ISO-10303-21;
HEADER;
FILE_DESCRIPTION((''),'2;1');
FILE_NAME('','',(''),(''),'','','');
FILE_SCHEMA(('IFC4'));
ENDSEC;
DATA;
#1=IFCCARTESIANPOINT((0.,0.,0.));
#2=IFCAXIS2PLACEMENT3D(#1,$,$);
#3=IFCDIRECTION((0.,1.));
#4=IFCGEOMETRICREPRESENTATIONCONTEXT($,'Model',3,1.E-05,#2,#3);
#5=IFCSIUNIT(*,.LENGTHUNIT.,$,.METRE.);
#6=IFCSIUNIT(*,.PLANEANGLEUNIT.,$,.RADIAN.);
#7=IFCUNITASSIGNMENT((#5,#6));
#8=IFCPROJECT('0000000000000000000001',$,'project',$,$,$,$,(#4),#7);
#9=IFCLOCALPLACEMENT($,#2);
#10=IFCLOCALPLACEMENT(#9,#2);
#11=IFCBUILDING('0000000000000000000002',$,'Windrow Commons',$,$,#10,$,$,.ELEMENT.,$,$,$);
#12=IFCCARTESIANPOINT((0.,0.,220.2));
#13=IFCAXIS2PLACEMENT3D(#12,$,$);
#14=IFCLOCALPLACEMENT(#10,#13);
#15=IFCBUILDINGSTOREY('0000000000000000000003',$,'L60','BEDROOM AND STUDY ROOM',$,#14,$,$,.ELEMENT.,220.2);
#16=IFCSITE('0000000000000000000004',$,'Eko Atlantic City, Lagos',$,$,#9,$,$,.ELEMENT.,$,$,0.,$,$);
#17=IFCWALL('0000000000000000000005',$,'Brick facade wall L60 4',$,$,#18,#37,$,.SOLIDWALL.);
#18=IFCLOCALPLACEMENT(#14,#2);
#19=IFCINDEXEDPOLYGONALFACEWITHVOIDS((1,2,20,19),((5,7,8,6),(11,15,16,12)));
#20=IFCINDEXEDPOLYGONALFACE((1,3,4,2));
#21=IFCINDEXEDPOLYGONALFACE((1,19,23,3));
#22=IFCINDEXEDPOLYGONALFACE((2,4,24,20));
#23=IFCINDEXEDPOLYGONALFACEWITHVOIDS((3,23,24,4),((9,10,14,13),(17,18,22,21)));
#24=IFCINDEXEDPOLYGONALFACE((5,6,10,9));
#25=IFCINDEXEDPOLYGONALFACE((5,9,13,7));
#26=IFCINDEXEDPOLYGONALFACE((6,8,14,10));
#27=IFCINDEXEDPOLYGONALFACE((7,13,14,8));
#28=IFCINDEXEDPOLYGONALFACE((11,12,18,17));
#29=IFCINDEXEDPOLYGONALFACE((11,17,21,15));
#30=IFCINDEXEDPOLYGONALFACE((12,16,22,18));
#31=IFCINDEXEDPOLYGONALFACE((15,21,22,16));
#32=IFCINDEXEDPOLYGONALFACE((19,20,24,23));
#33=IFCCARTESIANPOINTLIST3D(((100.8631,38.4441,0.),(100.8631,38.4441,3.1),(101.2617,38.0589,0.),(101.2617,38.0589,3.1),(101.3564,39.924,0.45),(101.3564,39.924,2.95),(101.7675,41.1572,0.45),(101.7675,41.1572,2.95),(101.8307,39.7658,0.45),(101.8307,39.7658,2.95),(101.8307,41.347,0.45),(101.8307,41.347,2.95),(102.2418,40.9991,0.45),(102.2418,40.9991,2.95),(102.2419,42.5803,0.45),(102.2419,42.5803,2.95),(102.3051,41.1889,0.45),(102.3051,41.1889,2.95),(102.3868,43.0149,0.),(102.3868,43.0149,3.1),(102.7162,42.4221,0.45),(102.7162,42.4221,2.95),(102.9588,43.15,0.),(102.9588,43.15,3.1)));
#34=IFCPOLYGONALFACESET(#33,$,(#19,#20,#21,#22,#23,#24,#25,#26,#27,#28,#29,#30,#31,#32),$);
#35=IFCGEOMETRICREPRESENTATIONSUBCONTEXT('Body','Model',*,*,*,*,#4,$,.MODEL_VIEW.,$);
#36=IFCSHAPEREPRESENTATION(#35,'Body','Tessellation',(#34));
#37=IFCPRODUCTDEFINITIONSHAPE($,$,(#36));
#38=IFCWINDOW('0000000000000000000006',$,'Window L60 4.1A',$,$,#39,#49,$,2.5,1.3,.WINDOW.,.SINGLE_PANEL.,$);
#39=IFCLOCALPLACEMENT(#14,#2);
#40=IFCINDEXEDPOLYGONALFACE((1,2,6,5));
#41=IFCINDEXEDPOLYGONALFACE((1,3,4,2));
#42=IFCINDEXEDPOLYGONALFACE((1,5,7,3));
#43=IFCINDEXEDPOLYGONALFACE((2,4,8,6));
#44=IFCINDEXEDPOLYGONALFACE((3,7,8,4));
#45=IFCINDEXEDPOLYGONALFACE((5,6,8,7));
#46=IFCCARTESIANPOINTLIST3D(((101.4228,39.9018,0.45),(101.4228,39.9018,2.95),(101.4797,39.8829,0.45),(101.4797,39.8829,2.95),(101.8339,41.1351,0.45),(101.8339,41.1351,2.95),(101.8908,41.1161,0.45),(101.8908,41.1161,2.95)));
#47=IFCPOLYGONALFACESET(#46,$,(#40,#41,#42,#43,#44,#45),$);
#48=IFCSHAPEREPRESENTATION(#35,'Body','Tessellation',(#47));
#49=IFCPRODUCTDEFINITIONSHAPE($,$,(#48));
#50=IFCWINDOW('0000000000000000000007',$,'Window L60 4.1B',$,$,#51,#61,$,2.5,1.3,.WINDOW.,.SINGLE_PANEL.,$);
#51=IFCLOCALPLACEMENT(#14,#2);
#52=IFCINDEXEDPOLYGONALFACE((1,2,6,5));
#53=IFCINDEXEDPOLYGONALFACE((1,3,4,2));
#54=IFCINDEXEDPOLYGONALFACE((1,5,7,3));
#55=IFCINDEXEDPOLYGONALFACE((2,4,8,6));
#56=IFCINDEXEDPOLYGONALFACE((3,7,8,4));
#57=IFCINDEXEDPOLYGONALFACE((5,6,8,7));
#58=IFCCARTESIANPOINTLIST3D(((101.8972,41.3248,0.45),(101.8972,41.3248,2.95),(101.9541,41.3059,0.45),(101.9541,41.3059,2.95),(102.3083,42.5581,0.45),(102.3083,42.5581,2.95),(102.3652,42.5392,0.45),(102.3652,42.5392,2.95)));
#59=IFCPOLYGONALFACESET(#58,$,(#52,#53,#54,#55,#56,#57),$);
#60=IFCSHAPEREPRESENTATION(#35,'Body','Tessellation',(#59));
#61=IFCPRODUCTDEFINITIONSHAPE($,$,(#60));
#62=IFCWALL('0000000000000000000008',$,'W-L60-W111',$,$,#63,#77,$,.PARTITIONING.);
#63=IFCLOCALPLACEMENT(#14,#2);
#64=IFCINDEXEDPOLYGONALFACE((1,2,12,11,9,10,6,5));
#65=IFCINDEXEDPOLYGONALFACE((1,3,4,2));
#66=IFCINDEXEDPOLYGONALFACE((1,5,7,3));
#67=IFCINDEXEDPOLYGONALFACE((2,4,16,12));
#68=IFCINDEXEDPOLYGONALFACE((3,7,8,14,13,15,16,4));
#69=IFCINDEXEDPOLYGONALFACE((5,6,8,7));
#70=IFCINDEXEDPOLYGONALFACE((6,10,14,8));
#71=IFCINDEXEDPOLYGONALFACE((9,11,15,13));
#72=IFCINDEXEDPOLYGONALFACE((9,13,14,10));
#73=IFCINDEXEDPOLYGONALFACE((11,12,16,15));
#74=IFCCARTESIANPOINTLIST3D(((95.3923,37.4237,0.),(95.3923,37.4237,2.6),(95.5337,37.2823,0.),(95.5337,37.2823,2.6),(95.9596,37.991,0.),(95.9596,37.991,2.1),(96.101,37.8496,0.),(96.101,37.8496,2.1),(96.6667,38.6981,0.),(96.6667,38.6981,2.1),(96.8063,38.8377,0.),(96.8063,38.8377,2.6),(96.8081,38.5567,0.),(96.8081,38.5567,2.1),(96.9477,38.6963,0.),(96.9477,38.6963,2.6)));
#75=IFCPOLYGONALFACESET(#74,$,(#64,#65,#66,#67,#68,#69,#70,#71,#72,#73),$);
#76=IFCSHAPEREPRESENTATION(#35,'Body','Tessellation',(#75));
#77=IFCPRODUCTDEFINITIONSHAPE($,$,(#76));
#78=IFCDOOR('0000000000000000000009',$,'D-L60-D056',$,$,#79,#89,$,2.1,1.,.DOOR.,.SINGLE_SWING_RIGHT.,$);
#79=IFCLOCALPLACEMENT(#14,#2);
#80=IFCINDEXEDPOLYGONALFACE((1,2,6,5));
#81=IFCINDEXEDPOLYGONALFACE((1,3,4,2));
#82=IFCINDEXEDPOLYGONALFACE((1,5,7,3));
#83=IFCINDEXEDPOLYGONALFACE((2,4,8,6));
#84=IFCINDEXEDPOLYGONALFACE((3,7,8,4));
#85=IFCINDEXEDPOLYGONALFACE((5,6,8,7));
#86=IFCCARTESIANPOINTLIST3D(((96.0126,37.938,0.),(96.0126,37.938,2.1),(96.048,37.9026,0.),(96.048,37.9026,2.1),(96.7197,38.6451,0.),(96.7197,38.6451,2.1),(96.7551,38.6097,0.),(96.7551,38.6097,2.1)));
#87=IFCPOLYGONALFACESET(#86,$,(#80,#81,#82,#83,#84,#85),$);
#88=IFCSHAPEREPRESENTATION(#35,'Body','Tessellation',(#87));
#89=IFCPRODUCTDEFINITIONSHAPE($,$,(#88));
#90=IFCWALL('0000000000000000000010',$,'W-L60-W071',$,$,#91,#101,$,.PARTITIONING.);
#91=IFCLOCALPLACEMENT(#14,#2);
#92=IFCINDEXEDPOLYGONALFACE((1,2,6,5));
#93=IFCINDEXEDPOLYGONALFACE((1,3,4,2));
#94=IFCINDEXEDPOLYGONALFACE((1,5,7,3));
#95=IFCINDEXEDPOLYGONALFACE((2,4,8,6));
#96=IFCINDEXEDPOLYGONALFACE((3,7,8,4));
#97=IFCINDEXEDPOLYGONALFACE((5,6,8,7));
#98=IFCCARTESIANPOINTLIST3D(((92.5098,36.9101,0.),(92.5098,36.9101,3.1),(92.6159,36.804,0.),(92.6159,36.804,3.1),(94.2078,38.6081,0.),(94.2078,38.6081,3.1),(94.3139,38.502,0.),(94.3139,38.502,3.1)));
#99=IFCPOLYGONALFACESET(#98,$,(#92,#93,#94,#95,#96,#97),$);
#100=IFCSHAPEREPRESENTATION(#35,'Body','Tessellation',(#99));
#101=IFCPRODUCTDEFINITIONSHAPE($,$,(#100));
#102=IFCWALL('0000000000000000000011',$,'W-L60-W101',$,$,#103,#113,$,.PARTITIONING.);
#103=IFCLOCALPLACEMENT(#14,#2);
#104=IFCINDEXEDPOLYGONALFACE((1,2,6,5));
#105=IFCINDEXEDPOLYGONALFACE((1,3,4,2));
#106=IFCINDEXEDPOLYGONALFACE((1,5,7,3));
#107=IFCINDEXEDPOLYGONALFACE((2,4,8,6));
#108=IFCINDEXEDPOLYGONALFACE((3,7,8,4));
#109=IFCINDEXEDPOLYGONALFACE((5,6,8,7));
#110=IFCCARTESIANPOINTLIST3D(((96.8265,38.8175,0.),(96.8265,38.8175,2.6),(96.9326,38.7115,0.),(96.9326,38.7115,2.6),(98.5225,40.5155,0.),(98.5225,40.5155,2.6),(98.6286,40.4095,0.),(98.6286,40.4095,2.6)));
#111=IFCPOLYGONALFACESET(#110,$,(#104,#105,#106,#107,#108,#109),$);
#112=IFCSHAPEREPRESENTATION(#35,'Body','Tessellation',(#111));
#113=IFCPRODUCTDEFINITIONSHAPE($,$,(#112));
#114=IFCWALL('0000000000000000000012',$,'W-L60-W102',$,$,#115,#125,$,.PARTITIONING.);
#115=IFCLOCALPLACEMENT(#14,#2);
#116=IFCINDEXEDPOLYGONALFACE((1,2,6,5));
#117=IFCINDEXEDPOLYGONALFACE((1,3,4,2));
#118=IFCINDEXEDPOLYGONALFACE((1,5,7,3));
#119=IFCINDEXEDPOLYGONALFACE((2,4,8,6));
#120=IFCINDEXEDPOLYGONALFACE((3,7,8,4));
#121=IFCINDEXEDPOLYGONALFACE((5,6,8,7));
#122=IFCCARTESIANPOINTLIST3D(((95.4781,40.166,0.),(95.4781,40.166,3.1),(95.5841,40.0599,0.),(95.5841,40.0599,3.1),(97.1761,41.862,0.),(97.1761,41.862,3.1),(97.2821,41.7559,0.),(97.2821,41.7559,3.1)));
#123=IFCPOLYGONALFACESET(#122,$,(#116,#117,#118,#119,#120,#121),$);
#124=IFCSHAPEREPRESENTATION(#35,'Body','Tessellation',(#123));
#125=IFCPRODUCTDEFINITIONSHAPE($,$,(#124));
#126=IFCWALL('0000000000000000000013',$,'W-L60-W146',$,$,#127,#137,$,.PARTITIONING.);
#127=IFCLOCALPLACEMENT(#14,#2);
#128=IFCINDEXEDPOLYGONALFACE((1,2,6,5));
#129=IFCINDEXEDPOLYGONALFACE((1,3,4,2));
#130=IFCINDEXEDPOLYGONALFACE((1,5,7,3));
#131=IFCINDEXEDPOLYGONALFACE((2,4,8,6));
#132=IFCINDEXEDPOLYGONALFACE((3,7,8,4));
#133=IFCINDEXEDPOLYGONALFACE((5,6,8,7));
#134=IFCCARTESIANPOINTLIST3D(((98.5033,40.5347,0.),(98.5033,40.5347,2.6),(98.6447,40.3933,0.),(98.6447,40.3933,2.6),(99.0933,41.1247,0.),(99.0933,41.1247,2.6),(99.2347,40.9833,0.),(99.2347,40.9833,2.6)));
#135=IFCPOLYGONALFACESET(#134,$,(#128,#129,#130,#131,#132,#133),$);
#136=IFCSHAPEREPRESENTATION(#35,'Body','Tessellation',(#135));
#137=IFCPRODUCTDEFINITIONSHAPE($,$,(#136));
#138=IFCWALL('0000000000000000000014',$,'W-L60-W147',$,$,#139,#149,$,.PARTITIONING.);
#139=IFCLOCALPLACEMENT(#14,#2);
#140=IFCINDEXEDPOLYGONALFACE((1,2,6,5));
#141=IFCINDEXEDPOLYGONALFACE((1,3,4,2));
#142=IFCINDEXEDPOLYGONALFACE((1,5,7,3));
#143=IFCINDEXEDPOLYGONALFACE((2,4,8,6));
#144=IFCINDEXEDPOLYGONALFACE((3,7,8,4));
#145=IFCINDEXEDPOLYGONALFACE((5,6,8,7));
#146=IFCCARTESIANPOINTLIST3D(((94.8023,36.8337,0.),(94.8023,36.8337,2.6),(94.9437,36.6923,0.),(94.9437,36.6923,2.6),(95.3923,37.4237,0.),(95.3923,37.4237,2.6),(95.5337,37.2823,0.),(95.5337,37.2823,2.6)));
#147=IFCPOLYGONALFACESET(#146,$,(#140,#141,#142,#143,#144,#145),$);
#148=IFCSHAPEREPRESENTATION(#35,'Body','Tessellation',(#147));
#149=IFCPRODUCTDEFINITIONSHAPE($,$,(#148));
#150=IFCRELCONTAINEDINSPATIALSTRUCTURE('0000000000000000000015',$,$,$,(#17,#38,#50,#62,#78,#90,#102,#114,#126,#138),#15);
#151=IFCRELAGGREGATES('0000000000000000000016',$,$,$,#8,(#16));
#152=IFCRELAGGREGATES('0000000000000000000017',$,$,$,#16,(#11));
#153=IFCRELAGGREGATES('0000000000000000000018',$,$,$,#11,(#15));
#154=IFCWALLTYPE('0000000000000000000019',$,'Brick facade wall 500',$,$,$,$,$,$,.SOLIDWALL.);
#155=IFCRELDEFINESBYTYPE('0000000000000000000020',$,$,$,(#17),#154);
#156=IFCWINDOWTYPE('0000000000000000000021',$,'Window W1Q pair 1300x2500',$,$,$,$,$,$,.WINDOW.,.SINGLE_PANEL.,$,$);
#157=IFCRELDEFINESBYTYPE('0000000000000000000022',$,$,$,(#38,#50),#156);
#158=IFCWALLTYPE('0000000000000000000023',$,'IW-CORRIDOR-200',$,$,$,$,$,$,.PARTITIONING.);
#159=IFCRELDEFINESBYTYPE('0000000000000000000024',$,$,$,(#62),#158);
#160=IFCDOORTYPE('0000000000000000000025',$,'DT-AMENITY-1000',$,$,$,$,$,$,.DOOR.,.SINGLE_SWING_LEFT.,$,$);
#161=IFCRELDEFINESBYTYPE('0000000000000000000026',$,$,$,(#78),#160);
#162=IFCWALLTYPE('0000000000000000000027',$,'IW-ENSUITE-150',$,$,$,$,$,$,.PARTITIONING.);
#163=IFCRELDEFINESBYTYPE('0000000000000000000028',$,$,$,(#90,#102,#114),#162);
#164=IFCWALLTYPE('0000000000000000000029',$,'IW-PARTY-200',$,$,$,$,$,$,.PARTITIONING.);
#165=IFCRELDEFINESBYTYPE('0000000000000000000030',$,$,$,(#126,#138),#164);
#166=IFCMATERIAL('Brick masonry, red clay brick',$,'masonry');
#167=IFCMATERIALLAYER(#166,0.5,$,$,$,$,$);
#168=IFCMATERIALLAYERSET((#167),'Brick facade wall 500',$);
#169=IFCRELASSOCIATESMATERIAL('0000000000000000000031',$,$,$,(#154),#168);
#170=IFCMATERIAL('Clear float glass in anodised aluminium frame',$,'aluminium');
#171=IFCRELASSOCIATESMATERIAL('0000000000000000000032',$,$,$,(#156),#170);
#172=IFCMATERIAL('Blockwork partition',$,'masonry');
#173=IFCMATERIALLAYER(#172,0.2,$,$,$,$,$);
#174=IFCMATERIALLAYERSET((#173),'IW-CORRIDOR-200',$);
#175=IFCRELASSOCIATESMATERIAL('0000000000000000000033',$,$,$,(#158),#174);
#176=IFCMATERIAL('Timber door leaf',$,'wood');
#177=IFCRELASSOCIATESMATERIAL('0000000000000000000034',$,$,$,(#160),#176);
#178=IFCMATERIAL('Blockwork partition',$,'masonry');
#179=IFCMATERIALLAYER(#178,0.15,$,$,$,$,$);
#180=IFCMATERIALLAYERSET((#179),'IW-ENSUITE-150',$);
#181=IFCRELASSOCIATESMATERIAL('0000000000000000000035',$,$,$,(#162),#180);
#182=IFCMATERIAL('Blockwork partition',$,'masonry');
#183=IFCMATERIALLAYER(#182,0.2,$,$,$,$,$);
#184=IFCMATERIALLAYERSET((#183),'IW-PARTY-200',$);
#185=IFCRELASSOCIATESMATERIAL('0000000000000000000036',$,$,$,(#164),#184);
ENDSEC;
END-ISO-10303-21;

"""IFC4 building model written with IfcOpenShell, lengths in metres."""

from ifc_helpers import new_model, si_unit, direction, frame, frame_2d, origin, place, context, subcontext, project, spatial, polyline, rectangle, outline, extrude, material, layer, layer_set, type_object, element, fill, save


model = new_model("IFC4")

# Units and contexts
model_context = context("Model", 3, precision=1e-05, world=origin(), true_north=direction((0.0, 1.0)))
body_context = subcontext(model_context, "Body", "Model", "MODEL_VIEW")
ifc_project = project(units=[si_unit("LENGTHUNIT", "METRE"), si_unit("PLANEANGLEUNIT", "RADIAN")], contexts=[model_context])

# Site, building, storey
site_placement = place(None, origin())
site = spatial("IfcSite", under=ifc_project, at=site_placement, Name="Eko Atlantic City, Lagos", CompositionType="ELEMENT", RefElevation=0.0)
building_placement = place(site_placement, origin())
building = spatial("IfcBuilding", under=site, at=building_placement, Name="Windrow Commons", CompositionType="ELEMENT")
storey_placement = place(building_placement, frame((0.0, 0.0, 220.2)))
storey = spatial("IfcBuildingStorey", under=building, at=storey_placement, Name="L60", Description="BEDROOM AND STUDY ROOM", CompositionType="ELEMENT", Elevation=220.2)

# Wall, openings, windows
ifc_material_1 = material(Name="Brick masonry, red clay brick", Category="masonry")
ifc_layer_1 = layer(ifc_material_1, 0.5)
ifc_layer_set_1 = layer_set([ifc_layer_1], Name="Brick facade wall 500")
wall_type_1 = type_object("IfcWallType", Name="Brick facade wall 500", PredefinedType="SOLIDWALL", material=ifc_layer_set_1)
ifc_material_2 = material(Name="Clear float glass in anodised aluminium frame", Category="aluminium")
window_type = type_object("IfcWindowType", Name="Window W1Q pair 1300x2500", PartitioningType="SINGLE_PANEL", PredefinedType="WINDOW", material=ifc_material_2)
wall_1_placement = place(storey_placement, frame((101.0624, 38.2515, 0.0), z_axis=(0.0, 0.0, 1.0), x_axis=(0.31624, 0.948679, 0.0)))
wall_1 = element("IfcWall", 1, at=wall_1_placement, inside=storey, type_object=wall_type_1, Name="Brick facade wall L60 4", PredefinedType="SOLIDWALL", context=body_context, shape_type="SweptSolid", body=[
    extrude(outline(polyline([(-0.1197, -0.25), (5.2468, -0.25), (4.9378, 0.25), (0.1197, 0.25), (-0.1197, -0.25)])), origin(), (0.0, 0.0, 1.0), 3.1),
])
opening_1_placement = place(wall_1_placement, frame((1.6796, 0.0, 0.45)))
opening_1 = element("IfcOpeningElement", 2, at=opening_1_placement, cuts=wall_1, PredefinedType="OPENING", context=body_context, shape_type="SweptSolid", body=[
    extrude(rectangle(XDim=1.3, YDim=2.5, at=frame_2d((0.65, 1.25))), frame((0.0, 0.26, 0.0), z_axis=(0.0, -1.0, 0.0), x_axis=(1.0, 0.0, 0.0)), (0.0, 0.0, 1.0), 0.52),
])
opening_2_placement = place(wall_1_placement, frame((3.1796, 0.0, 0.45)))
opening_2 = element("IfcOpeningElement", 3, at=opening_2_placement, cuts=wall_1, PredefinedType="OPENING", context=body_context, shape_type="SweptSolid", body=[
    extrude(rectangle(XDim=1.3, YDim=2.5, at=frame_2d((0.65, 1.25))), frame((0.0, 0.26, 0.0), z_axis=(0.0, -1.0, 0.0), x_axis=(1.0, 0.0, 0.0)), (0.0, 0.0, 1.0), 0.52),
])
window_1_placement = place(opening_1_placement, origin())
window_1 = element("IfcWindow", 4, at=window_1_placement, inside=storey, type_object=window_type, Name="Window L60 4.1A", OverallHeight=2.5, OverallWidth=1.3, PartitioningType="SINGLE_PANEL", PredefinedType="WINDOW", context=body_context, shape_type="SweptSolid", body=[
    extrude(rectangle(XDim=1.3, YDim=2.5, at=frame_2d((0.65, 1.25))), frame((0.0, 0.18, 0.0), z_axis=(0.0, -1.0, 0.0), x_axis=(1.0, 0.0, 0.0)), (0.0, 0.0, 1.0), 0.06),
])
fill(opening_1, window_1)
window_2_placement = place(opening_2_placement, origin())
window_2 = element("IfcWindow", 5, at=window_2_placement, inside=storey, type_object=window_type, Name="Window L60 4.1B", OverallHeight=2.5, OverallWidth=1.3, PartitioningType="SINGLE_PANEL", PredefinedType="WINDOW", context=body_context, shape_type="SweptSolid", body=[
    extrude(rectangle(XDim=1.3, YDim=2.5, at=frame_2d((0.65, 1.25))), frame((0.0, 0.18, 0.0), z_axis=(0.0, -1.0, 0.0), x_axis=(1.0, 0.0, 0.0)), (0.0, 0.0, 1.0), 0.06),
])
fill(opening_2, window_2)

# Wall, opening, door
ifc_material_3 = material(Name="Blockwork partition", Category="masonry")
ifc_layer_2 = layer(ifc_material_3, 0.2)
ifc_layer_set_2 = layer_set([ifc_layer_2], Name="IW-CORRIDOR-200")
wall_type_2 = type_object("IfcWallType", Name="IW-CORRIDOR-200", PredefinedType="PARTITIONING", material=ifc_layer_set_2)
wall_2_placement = place(storey_placement, frame((95.463, 37.353, 0.0), z_axis=(0.0, 0.0, 1.0), x_axis=(0.707107, 0.707107, 0.0)))
wall_2 = element("IfcWall", 6, at=wall_2_placement, inside=storey, type_object=wall_type_2, Name="W-L60-W111", PredefinedType="PARTITIONING", context=body_context, shape_type="SweptSolid", body=[
    extrude(rectangle(XDim=1.9997, YDim=0.2, at=frame_2d((0.9999, 0.0))), origin(), (0.0, 0.0, 1.0), 2.6),
])
opening_3_placement = place(wall_2_placement, frame((0.8023, 0.0, 0.0)))
opening_3 = element("IfcOpeningElement", 7, at=opening_3_placement, cuts=wall_2, PredefinedType="OPENING", context=body_context, shape_type="SweptSolid", body=[
    extrude(rectangle(XDim=1.0, YDim=2.1, at=frame_2d((0.5, 1.05))), frame((0.0, 0.11, 0.0), z_axis=(0.0, -1.0, 0.0), x_axis=(1.0, 0.0, 0.0)), (0.0, 0.0, 1.0), 0.22),
])
ifc_material_4 = material(Name="Timber door leaf", Category="wood")
door_type = type_object("IfcDoorType", Name="DT-AMENITY-1000", OperationType="SINGLE_SWING_LEFT", PredefinedType="DOOR", material=ifc_material_4)
door_placement = place(opening_3_placement, origin())
door = element("IfcDoor", 8, at=door_placement, inside=storey, type_object=door_type, Name="D-L60-D056", OperationType="SINGLE_SWING_RIGHT", OverallHeight=2.1, OverallWidth=1.0, PredefinedType="DOOR", context=body_context, shape_type="SweptSolid", body=[
    extrude(rectangle(XDim=1.0, YDim=2.1, at=frame_2d((0.5, 1.05))), frame((0.0, 0.025, 0.0), z_axis=(0.0, -1.0, 0.0), x_axis=(1.0, 0.0, 0.0)), (0.0, 0.0, 1.0), 0.05),
])
fill(opening_3, door)

# Walls
ifc_material_5 = material(Name="Blockwork partition", Category="masonry")
ifc_layer_3 = layer(ifc_material_5, 0.15)
ifc_layer_set_3 = layer_set([ifc_layer_3], Name="IW-ENSUITE-150")
wall_type_3 = type_object("IfcWallType", Name="IW-ENSUITE-150", PredefinedType="PARTITIONING", material=ifc_layer_set_3)
wall_3_placement = place(storey_placement, frame((92.5629, 36.8571, 0.0), z_axis=(0.0, 0.0, 1.0), x_axis=(0.707107, 0.707107, 0.0)))
element("IfcWall", 9, at=wall_3_placement, inside=storey, type_object=wall_type_3, Name="W-L60-W071", PredefinedType="PARTITIONING", context=body_context, shape_type="SweptSolid", body=[
    extrude(rectangle(XDim=2.4013, YDim=0.15, at=frame_2d((1.2006, 0.0))), origin(), (0.0, 0.0, 1.0), 3.1),
])
wall_4_placement = place(storey_placement, frame((96.8795, 38.7645, 0.0), z_axis=(0.0, 0.0, 1.0), x_axis=(0.70669, 0.707523, 0.0)))
element("IfcWall", 10, at=wall_4_placement, inside=storey, type_object=wall_type_3, Name="W-L60-W101", PredefinedType="PARTITIONING", context=body_context, shape_type="SweptSolid", body=[
    extrude(rectangle(XDim=2.3999, YDim=0.15, at=frame_2d((1.2, 0.0))), origin(), (0.0, 0.0, 1.0), 2.6),
])
wall_5_placement = place(storey_placement, frame((95.5311, 40.1129, 0.0), z_axis=(0.0, 0.0, 1.0), x_axis=(0.707523, 0.70669, 0.0)))
element("IfcWall", 11, at=wall_5_placement, inside=storey, type_object=wall_type_3, Name="W-L60-W102", PredefinedType="PARTITIONING", context=body_context, shape_type="SweptSolid", body=[
    extrude(rectangle(XDim=2.3999, YDim=0.15, at=frame_2d((1.2, 0.0))), origin(), (0.0, 0.0, 1.0), 3.1),
])
ifc_material_6 = material(Name="Blockwork partition", Category="masonry")
ifc_layer_4 = layer(ifc_material_6, 0.2)
ifc_layer_set_4 = layer_set([ifc_layer_4], Name="IW-PARTY-200")
wall_type_4 = type_object("IfcWallType", Name="IW-PARTY-200", PredefinedType="PARTITIONING", material=ifc_layer_set_4)
for number, where, z_axis, x_axis, name in (
    (12, (98.574, 40.464, 0.0), (0.0, 0.0, 1.0), (0.707107, 0.707107, 0.0), "W-L60-W146"),
    (13, (94.873, 36.763, 0.0), (0.0, 0.0, 1.0), (0.707107, 0.707107, 0.0), "W-L60-W147"),
):
    element("IfcWall", number, at=place(storey_placement, frame(where, z_axis=z_axis, x_axis=x_axis)), inside=storey, type_object=wall_type_4, Name=name, PredefinedType="PARTITIONING", context=body_context, shape_type="SweptSolid", body=[
        extrude(rectangle(XDim=0.8344, YDim=0.2, at=frame_2d((0.4172, 0.0))), origin(), (0.0, 0.0, 1.0), 2.6),
    ])

save(model, "model.ifc")
